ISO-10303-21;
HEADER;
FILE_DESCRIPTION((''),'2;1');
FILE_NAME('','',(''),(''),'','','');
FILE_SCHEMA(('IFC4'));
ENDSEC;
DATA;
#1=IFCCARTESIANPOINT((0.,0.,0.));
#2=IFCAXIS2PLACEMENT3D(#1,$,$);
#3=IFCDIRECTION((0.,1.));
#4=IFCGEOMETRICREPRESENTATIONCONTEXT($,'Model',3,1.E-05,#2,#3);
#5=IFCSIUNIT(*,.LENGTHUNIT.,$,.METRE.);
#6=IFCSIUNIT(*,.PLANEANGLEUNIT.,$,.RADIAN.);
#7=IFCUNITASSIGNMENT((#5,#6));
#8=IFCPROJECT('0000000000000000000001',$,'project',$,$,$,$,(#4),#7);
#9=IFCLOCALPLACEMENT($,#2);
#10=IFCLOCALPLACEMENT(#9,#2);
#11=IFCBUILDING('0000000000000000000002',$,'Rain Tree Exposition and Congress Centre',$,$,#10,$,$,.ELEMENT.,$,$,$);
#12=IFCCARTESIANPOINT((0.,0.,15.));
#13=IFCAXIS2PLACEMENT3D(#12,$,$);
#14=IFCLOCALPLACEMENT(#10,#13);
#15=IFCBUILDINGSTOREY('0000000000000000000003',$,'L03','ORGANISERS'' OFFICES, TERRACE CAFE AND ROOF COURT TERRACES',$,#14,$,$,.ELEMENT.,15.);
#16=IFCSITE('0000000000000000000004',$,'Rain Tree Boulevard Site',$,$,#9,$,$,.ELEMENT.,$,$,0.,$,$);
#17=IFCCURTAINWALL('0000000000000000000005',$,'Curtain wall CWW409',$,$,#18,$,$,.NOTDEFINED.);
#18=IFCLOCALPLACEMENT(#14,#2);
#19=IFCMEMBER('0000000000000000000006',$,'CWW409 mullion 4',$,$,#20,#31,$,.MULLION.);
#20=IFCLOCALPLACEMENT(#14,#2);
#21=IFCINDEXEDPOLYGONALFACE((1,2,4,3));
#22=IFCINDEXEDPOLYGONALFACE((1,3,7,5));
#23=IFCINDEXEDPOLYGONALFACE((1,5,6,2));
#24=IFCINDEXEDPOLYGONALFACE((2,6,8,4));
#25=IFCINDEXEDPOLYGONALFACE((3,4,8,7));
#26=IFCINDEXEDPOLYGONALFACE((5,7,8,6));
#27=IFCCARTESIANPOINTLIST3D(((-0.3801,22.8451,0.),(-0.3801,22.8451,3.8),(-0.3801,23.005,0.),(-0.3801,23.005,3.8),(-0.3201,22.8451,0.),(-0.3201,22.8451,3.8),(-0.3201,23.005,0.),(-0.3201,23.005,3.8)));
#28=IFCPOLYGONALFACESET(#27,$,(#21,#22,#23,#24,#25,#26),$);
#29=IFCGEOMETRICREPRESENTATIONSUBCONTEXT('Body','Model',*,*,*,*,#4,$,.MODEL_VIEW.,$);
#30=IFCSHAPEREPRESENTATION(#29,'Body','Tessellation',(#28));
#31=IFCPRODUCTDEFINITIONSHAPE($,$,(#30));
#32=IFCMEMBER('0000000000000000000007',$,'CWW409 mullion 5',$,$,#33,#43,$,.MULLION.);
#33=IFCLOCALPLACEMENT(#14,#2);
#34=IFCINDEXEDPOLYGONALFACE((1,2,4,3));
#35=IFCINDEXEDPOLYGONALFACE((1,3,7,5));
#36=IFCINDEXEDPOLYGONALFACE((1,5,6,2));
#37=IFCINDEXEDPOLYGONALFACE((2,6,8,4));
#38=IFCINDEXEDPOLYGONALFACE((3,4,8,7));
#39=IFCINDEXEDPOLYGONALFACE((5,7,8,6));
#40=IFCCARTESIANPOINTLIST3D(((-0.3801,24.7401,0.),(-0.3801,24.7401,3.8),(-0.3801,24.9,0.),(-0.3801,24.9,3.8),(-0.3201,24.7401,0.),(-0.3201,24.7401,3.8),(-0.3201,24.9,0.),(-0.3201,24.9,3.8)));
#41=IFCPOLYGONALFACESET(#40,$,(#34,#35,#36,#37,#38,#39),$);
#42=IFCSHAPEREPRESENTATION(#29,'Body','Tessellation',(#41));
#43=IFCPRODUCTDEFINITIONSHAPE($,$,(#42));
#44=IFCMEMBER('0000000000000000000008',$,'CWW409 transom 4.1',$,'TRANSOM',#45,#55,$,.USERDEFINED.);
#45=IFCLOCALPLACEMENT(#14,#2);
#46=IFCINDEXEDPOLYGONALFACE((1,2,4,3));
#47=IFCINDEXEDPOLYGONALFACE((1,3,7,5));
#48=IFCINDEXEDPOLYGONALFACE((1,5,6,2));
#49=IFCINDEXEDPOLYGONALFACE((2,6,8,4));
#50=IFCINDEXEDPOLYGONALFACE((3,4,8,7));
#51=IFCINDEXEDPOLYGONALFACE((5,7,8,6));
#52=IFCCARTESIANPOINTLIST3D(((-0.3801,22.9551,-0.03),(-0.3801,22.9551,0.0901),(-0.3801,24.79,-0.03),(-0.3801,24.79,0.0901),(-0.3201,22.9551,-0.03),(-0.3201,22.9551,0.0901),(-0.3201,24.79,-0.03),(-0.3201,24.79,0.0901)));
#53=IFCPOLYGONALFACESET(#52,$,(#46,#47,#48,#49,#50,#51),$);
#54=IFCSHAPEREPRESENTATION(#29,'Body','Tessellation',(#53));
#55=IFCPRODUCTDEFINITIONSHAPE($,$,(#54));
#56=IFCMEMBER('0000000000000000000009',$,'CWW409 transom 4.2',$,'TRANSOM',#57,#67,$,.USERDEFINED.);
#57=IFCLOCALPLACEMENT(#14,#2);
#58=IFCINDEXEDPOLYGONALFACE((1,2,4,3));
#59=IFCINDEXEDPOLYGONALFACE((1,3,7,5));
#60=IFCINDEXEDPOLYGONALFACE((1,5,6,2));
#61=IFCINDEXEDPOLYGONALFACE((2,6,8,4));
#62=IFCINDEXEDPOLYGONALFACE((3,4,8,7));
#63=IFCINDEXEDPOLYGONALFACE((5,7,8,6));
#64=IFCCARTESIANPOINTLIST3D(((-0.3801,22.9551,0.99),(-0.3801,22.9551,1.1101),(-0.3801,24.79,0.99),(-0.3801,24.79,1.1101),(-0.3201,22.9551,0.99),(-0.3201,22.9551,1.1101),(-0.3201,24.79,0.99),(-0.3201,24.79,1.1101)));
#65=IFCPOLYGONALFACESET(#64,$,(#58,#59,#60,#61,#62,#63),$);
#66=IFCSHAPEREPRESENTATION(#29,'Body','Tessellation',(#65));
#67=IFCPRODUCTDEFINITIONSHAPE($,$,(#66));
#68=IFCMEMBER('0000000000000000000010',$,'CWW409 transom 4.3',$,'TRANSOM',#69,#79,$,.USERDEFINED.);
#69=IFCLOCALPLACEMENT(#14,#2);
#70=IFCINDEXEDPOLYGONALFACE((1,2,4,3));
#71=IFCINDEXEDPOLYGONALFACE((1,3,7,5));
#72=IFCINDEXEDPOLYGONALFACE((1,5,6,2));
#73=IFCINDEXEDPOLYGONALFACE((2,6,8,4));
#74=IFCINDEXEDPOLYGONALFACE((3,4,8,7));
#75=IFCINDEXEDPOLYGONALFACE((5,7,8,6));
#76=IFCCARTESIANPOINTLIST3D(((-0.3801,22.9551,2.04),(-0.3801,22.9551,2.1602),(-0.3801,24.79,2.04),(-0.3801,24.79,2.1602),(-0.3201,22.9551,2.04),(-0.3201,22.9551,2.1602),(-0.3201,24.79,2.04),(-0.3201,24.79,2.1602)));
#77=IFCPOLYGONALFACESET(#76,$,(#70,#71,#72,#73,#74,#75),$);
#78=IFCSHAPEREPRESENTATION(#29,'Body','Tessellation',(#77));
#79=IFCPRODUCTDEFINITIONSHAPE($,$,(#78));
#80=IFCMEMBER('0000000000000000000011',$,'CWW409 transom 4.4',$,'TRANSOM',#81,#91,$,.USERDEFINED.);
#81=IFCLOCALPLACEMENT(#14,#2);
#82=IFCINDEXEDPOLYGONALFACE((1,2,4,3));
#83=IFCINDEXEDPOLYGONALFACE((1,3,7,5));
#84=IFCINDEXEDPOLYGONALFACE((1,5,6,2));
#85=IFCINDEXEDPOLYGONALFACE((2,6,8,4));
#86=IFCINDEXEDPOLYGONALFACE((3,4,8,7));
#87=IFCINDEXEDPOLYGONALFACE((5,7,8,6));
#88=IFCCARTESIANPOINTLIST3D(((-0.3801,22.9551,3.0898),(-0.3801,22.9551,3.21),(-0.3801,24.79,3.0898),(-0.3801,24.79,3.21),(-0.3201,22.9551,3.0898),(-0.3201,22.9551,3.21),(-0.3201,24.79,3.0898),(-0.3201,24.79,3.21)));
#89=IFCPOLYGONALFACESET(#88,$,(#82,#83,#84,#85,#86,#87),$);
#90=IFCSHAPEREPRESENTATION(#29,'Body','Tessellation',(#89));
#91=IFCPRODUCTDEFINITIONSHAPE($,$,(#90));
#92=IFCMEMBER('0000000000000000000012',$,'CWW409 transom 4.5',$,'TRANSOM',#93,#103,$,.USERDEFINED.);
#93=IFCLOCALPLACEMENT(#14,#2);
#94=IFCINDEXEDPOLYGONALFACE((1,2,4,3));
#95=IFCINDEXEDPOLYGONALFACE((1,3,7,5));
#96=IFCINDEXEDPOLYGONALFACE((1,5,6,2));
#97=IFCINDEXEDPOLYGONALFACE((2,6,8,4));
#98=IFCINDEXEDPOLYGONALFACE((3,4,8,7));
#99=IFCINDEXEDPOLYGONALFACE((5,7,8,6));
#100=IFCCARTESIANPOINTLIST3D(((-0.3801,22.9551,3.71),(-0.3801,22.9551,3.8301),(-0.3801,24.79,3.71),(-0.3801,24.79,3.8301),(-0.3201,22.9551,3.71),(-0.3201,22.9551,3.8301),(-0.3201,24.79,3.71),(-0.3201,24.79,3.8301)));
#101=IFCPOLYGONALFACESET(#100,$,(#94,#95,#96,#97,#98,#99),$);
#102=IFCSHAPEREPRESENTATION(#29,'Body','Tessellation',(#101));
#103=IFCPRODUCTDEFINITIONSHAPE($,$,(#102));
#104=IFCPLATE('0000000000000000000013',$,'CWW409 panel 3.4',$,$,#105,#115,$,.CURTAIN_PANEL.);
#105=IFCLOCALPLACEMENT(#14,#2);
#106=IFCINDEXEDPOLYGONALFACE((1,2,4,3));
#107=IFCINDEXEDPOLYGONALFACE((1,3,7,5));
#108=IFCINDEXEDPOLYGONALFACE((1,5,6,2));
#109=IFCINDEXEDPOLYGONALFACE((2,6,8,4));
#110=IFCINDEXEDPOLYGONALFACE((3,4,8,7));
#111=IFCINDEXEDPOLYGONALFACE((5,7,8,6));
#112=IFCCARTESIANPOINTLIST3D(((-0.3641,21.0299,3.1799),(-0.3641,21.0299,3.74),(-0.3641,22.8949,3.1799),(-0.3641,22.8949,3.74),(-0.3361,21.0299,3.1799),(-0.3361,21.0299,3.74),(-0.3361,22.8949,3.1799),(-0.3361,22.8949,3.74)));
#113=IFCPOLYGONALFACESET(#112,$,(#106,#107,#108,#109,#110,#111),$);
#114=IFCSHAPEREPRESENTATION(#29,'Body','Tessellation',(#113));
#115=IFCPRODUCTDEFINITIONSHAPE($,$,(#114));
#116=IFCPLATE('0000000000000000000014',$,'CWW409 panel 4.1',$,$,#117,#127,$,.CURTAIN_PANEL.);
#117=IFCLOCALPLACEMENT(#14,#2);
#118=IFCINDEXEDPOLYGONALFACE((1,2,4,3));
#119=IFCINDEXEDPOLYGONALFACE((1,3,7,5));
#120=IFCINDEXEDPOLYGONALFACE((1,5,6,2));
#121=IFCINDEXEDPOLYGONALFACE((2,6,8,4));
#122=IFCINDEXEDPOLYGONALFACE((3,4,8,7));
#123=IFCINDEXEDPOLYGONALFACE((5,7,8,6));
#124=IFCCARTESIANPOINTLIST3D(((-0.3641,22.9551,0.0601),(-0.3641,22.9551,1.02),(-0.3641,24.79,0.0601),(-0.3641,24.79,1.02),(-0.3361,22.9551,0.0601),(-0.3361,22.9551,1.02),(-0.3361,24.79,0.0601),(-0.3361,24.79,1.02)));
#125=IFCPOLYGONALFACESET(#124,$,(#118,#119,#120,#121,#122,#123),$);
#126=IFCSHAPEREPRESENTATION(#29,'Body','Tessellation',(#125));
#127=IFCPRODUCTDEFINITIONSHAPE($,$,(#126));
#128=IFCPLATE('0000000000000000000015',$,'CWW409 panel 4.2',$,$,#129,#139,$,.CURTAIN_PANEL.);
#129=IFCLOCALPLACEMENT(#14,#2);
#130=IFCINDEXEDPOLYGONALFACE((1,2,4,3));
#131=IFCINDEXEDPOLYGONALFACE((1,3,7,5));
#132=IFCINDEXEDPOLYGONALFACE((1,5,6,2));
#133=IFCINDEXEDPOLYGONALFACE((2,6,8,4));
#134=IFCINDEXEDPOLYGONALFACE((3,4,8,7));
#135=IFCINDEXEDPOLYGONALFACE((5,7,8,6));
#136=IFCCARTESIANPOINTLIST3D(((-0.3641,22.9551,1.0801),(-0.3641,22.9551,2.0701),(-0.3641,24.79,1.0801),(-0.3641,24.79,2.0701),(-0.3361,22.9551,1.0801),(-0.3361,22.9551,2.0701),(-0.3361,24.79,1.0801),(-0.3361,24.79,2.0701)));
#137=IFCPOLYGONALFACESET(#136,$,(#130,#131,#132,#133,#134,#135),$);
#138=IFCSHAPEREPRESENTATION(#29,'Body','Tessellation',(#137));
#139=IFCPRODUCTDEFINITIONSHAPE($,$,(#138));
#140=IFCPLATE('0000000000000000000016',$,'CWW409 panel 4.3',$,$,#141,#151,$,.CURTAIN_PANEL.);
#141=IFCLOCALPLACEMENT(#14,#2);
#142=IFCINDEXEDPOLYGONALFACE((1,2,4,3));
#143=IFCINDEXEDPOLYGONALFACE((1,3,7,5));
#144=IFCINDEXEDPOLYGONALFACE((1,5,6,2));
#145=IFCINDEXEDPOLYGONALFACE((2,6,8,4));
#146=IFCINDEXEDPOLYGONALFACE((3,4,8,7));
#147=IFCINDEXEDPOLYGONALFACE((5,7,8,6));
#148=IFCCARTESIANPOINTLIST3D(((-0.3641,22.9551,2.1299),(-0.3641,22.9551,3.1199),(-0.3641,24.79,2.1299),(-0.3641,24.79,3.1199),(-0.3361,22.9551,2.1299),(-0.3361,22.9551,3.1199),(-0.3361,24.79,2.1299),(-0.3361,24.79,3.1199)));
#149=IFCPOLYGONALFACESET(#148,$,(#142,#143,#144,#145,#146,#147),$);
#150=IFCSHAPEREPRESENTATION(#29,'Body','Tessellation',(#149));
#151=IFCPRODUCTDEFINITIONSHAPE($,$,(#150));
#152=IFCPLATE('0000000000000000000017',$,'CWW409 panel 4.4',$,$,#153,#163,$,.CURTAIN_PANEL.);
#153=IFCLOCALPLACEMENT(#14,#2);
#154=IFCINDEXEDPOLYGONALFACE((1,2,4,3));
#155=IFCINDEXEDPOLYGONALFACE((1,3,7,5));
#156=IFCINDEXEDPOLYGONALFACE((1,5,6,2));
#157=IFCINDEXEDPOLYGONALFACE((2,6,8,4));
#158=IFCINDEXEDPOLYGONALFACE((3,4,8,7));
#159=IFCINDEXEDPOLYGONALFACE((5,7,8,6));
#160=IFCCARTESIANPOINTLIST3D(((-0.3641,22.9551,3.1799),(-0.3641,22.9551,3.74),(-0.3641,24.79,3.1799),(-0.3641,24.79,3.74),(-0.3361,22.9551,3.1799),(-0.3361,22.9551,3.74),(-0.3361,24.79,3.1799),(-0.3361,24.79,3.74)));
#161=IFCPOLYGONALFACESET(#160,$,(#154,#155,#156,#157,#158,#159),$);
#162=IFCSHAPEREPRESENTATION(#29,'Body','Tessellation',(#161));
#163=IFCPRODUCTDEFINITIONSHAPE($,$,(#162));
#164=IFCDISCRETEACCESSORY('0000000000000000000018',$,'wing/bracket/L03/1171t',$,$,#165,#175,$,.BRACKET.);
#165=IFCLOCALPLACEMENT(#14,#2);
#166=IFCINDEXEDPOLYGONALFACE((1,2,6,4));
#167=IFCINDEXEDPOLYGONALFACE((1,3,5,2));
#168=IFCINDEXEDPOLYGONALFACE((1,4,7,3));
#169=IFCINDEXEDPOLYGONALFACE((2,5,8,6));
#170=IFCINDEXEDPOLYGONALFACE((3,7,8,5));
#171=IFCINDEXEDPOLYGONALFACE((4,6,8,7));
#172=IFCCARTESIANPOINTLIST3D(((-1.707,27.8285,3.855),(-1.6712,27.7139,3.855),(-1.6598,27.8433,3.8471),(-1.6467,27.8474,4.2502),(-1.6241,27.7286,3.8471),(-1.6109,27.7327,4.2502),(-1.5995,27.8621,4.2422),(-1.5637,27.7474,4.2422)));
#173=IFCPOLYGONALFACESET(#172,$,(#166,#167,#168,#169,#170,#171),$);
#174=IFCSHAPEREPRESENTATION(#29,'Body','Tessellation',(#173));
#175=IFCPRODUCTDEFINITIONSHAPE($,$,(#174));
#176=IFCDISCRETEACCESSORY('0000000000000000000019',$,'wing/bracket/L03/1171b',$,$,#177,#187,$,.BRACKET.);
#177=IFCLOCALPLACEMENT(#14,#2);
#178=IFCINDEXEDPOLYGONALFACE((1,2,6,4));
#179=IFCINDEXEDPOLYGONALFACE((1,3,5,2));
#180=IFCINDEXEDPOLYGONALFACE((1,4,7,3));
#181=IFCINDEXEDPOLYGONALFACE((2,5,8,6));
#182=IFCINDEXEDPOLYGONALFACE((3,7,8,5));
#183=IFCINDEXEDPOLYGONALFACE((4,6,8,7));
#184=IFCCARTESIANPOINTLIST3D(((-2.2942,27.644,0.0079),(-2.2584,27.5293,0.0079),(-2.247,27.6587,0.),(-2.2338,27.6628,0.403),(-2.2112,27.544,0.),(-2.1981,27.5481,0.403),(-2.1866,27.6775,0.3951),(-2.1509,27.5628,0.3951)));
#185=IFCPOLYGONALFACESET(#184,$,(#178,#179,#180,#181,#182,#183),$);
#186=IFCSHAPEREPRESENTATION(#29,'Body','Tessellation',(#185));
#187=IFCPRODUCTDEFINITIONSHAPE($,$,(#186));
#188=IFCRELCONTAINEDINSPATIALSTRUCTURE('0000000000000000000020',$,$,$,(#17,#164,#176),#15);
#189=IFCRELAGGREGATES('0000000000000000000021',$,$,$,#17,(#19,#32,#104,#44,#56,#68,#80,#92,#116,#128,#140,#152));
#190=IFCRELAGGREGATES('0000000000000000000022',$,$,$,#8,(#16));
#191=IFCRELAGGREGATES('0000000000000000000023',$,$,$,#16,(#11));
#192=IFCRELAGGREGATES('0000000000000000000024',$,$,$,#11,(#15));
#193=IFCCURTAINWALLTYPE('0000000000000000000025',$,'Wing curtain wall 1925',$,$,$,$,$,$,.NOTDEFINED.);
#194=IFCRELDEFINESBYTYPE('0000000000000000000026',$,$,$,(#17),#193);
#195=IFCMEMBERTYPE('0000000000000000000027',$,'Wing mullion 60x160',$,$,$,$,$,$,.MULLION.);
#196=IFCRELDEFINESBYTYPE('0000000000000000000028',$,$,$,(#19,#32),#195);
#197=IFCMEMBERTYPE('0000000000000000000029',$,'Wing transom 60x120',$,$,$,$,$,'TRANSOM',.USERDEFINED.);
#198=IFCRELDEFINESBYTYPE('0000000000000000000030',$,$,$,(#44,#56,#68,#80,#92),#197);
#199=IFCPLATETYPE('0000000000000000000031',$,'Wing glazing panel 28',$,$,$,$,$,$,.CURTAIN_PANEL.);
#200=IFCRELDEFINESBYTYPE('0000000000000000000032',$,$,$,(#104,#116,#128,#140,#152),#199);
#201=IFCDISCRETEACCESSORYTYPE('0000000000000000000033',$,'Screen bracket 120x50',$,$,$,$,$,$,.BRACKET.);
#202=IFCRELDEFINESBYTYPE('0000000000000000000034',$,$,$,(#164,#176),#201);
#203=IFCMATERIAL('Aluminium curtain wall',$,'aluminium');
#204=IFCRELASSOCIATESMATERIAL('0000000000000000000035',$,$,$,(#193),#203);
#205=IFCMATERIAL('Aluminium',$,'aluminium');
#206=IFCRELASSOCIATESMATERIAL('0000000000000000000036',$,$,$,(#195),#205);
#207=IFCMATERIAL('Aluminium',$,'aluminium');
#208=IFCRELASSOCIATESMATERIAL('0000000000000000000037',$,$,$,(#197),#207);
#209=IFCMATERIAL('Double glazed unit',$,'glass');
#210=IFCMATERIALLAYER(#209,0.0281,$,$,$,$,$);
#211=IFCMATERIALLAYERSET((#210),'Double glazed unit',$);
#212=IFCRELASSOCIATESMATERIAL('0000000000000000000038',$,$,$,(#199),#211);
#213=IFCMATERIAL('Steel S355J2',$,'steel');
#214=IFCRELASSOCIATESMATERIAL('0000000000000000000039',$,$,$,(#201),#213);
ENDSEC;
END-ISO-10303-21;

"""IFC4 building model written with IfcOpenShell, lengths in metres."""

from ifc_helpers import new_model, si_unit, direction, frame, origin, origin_2d, place, context, subcontext, project, spatial, rectangle, extrude, material, layer, layer_set, material_profile, profile_set, type_object, element, aggregate, save


model = new_model("IFC4")

# Units and contexts
model_context = context("Model", 3, precision=1e-05, world=origin(), true_north=direction((0.0, 1.0)))
body_context = subcontext(model_context, "Body", "Model", "MODEL_VIEW")
ifc_project = project(units=[si_unit("LENGTHUNIT", "METRE"), si_unit("PLANEANGLEUNIT", "RADIAN")], contexts=[model_context])

# Site, building, storey
site_placement = place(None, origin())
site = spatial("IfcSite", under=ifc_project, at=site_placement, Name="Rain Tree Boulevard Site", CompositionType="ELEMENT", RefElevation=0.0)
building_placement = place(site_placement, origin())
building = spatial("IfcBuilding", under=site, at=building_placement, Name="Rain Tree Exposition and Congress Centre", CompositionType="ELEMENT")
storey_placement = place(building_placement, frame((0.0, 0.0, 15.0)))
storey = spatial("IfcBuildingStorey", under=building, at=storey_placement, Name="L03", Description="ORGANISERS' OFFICES, TERRACE CAFE AND ROOF COURT TERRACES", CompositionType="ELEMENT", Elevation=15.0)

# Curtain wall, members, plates
ifc_material_1 = material(Name="Aluminium curtain wall", Category="aluminium")
curtain_wall_type = type_object("IfcCurtainWallType", Name="Wing curtain wall 1925", PredefinedType="NOTDEFINED", material=ifc_material_1)
curtain_wall_placement = place(storey_placement, origin())
curtain_wall = element("IfcCurtainWall", 1, at=curtain_wall_placement, inside=storey, type_object=curtain_wall_type, Name="Curtain wall CWW409", PredefinedType="NOTDEFINED")
ifc_material_2 = material(Name="Aluminium", Category="aluminium")
ifc_material_profile_1 = material_profile(ifc_material_2, rectangle(XDim=0.0601, YDim=0.1599, at=origin_2d()), Name="Aluminium 60x160")
ifc_profile_set_1 = profile_set([ifc_material_profile_1], Name="Aluminium")
member_type_1 = type_object("IfcMemberType", Name="Wing mullion 60x160", PredefinedType="MULLION", material=ifc_profile_set_1)
member_1_placement = place(storey_placement, frame((-0.3501, 22.925, 0.0), z_axis=(0.0, 0.0, 1.0), x_axis=(-1.0, 0.0, 0.0)))
member_1 = element("IfcMember", 2, at=member_1_placement, type_object=member_type_1, Name="CWW409 mullion 4", PredefinedType="MULLION", context=body_context, shape_type="SweptSolid", body=[
    extrude(rectangle(XDim=0.0601, YDim=0.1599, at=origin_2d()), origin(), (0.0, 0.0, 1.0), 3.8),
])
member_2_placement = place(storey_placement, frame((-0.3501, 24.8201, 0.0), z_axis=(0.0, 0.0, 1.0), x_axis=(-1.0, 0.0, 0.0)))
member_2 = element("IfcMember", 3, at=member_2_placement, type_object=member_type_1, Name="CWW409 mullion 5", PredefinedType="MULLION", context=body_context, shape_type="SweptSolid", body=[
    extrude(rectangle(XDim=0.0601, YDim=0.1599, at=origin_2d()), origin(), (0.0, 0.0, 1.0), 3.8),
])
ifc_material_3 = material(Name="Aluminium", Category="aluminium")
ifc_material_profile_2 = material_profile(ifc_material_3, rectangle(XDim=0.0601, YDim=0.1201, at=origin_2d()), Name="Aluminium 60x120")
ifc_profile_set_2 = profile_set([ifc_material_profile_2], Name="Aluminium")
member_type_2 = type_object("IfcMemberType", Name="Wing transom 60x120", ElementType="TRANSOM", PredefinedType="USERDEFINED", material=ifc_profile_set_2)
member_3_placement = place(storey_placement, frame((-0.3501, 22.9551, 0.03), z_axis=(0.0, 1.0, 0.0), x_axis=(-1.0, 0.0, 0.0)))
member_3 = element("IfcMember", 4, at=member_3_placement, type_object=member_type_2, Name="CWW409 transom 4.1", ObjectType="TRANSOM", PredefinedType="USERDEFINED", context=body_context, shape_type="SweptSolid", body=[
    extrude(rectangle(XDim=0.0601, YDim=0.1201, at=origin_2d()), origin(), (0.0, 0.0, 1.0), 1.835),
])
member_4_placement = place(storey_placement, frame((-0.3501, 22.9551, 1.05), z_axis=(0.0, 1.0, 0.0), x_axis=(-1.0, 0.0, 0.0)))
member_4 = element("IfcMember", 5, at=member_4_placement, type_object=member_type_2, Name="CWW409 transom 4.2", ObjectType="TRANSOM", PredefinedType="USERDEFINED", context=body_context, shape_type="SweptSolid", body=[
    extrude(rectangle(XDim=0.0601, YDim=0.1201, at=origin_2d()), origin(), (0.0, 0.0, 1.0), 1.835),
])
member_5_placement = place(storey_placement, frame((-0.3501, 22.9551, 2.1001), z_axis=(0.0, 1.0, 0.0), x_axis=(-1.0, 0.0, 0.0)))
member_5 = element("IfcMember", 6, at=member_5_placement, type_object=member_type_2, Name="CWW409 transom 4.3", ObjectType="TRANSOM", PredefinedType="USERDEFINED", context=body_context, shape_type="SweptSolid", body=[
    extrude(rectangle(XDim=0.0601, YDim=0.1201, at=origin_2d()), origin(), (0.0, 0.0, 1.0), 1.835),
])
member_6_placement = place(storey_placement, frame((-0.3501, 22.9551, 3.1499), z_axis=(0.0, 1.0, 0.0), x_axis=(-1.0, 0.0, 0.0)))
member_6 = element("IfcMember", 7, at=member_6_placement, type_object=member_type_2, Name="CWW409 transom 4.4", ObjectType="TRANSOM", PredefinedType="USERDEFINED", context=body_context, shape_type="SweptSolid", body=[
    extrude(rectangle(XDim=0.0601, YDim=0.1201, at=origin_2d()), origin(), (0.0, 0.0, 1.0), 1.835),
])
member_7_placement = place(storey_placement, frame((-0.3501, 22.9551, 3.77), z_axis=(0.0, 1.0, 0.0), x_axis=(-1.0, 0.0, 0.0)))
member_7 = element("IfcMember", 8, at=member_7_placement, type_object=member_type_2, Name="CWW409 transom 4.5", ObjectType="TRANSOM", PredefinedType="USERDEFINED", context=body_context, shape_type="SweptSolid", body=[
    extrude(rectangle(XDim=0.0601, YDim=0.1201, at=origin_2d()), origin(), (0.0, 0.0, 1.0), 1.835),
])
ifc_material_4 = material(Name="Double glazed unit", Category="glass")
ifc_layer_1 = layer(ifc_material_4, 0.0281)
ifc_layer_set_1 = layer_set([ifc_layer_1], Name="Double glazed unit")
plate_type = type_object("IfcPlateType", Name="Wing glazing panel 28", PredefinedType="CURTAIN_PANEL", material=ifc_layer_set_1)
plate_1_placement = place(storey_placement, frame((-0.3501, 21.9624, 3.1799), z_axis=(0.0, 0.0, 1.0), x_axis=(0.0, 1.0, 0.0)))
plate_1 = element("IfcPlate", 9, at=plate_1_placement, type_object=plate_type, Name="CWW409 panel 3.4", PredefinedType="CURTAIN_PANEL", context=body_context, shape_type="SweptSolid", body=[
    extrude(rectangle(XDim=1.865, YDim=0.0281, at=origin_2d()), origin(), (0.0, 0.0, 1.0), 0.5601),
])
plate_2_placement = place(storey_placement, frame((-0.3501, 23.8726, 0.0601), z_axis=(0.0, 0.0, 1.0), x_axis=(0.0, 1.0, 0.0)))
plate_2 = element("IfcPlate", 10, at=plate_2_placement, type_object=plate_type, Name="CWW409 panel 4.1", PredefinedType="CURTAIN_PANEL", context=body_context, shape_type="SweptSolid", body=[
    extrude(rectangle(XDim=1.835, YDim=0.0281, at=origin_2d()), origin(), (0.0, 0.0, 1.0), 0.96),
])
plate_3_placement = place(storey_placement, frame((-0.3501, 23.8726, 1.0801), z_axis=(0.0, 0.0, 1.0), x_axis=(0.0, 1.0, 0.0)))
plate_3 = element("IfcPlate", 11, at=plate_3_placement, type_object=plate_type, Name="CWW409 panel 4.2", PredefinedType="CURTAIN_PANEL", context=body_context, shape_type="SweptSolid", body=[
    extrude(rectangle(XDim=1.835, YDim=0.0281, at=origin_2d()), origin(), (0.0, 0.0, 1.0), 0.99),
])
plate_4_placement = place(storey_placement, frame((-0.3501, 23.8726, 2.1299), z_axis=(0.0, 0.0, 1.0), x_axis=(0.0, 1.0, 0.0)))
plate_4 = element("IfcPlate", 12, at=plate_4_placement, type_object=plate_type, Name="CWW409 panel 4.3", PredefinedType="CURTAIN_PANEL", context=body_context, shape_type="SweptSolid", body=[
    extrude(rectangle(XDim=1.835, YDim=0.0281, at=origin_2d()), origin(), (0.0, 0.0, 1.0), 0.99),
])
plate_5_placement = place(storey_placement, frame((-0.3501, 23.8726, 3.1799), z_axis=(0.0, 0.0, 1.0), x_axis=(0.0, 1.0, 0.0)))
plate_5 = element("IfcPlate", 13, at=plate_5_placement, type_object=plate_type, Name="CWW409 panel 4.4", PredefinedType="CURTAIN_PANEL", context=body_context, shape_type="SweptSolid", body=[
    extrude(rectangle(XDim=1.835, YDim=0.0281, at=origin_2d()), origin(), (0.0, 0.0, 1.0), 0.5601),
])
aggregate(curtain_wall, [member_1, member_2, plate_1, member_3, member_4, member_5, member_6, member_7, plate_2, plate_3, plate_4, plate_5])

# Discrete accessories
ifc_material_5 = material(Name="Steel S355J2", Category="steel")
ifc_material_profile_3 = material_profile(ifc_material_5, rectangle(XDim=0.1201, YDim=0.05, at=origin_2d()), Name="Flat bar 120x50")
ifc_profile_set_3 = profile_set([ifc_material_profile_3], Name="Steel S355J2")
discrete_accessory_type = type_object("IfcDiscreteAccessoryType", Name="Screen bracket 120x50", PredefinedType="BRACKET", material=ifc_profile_set_3)
for number, where, z_axis, x_axis, name in (
    (14, (-1.6655, 27.7786, 3.8511), (0.150743, 0.046993, 0.987456), (-0.297615, 0.954686, 0.0), "wing/bracket/L03/1171t"),
    (15, (-2.2527, 27.594, 0.0039), (0.150743, 0.046993, 0.987456), (-0.297615, 0.954686, 0.0), "wing/bracket/L03/1171b"),
):
    element("IfcDiscreteAccessory", number, at=place(storey_placement, frame(where, z_axis=z_axis, x_axis=x_axis)), inside=storey, type_object=discrete_accessory_type, Name=name, PredefinedType="BRACKET", context=body_context, shape_type="SweptSolid", body=[
        extrude(rectangle(XDim=0.1201, YDim=0.05, at=origin_2d()), origin(), (0.0, 0.0, 1.0), 0.4001),
    ])

save(model, "model.ifc")
